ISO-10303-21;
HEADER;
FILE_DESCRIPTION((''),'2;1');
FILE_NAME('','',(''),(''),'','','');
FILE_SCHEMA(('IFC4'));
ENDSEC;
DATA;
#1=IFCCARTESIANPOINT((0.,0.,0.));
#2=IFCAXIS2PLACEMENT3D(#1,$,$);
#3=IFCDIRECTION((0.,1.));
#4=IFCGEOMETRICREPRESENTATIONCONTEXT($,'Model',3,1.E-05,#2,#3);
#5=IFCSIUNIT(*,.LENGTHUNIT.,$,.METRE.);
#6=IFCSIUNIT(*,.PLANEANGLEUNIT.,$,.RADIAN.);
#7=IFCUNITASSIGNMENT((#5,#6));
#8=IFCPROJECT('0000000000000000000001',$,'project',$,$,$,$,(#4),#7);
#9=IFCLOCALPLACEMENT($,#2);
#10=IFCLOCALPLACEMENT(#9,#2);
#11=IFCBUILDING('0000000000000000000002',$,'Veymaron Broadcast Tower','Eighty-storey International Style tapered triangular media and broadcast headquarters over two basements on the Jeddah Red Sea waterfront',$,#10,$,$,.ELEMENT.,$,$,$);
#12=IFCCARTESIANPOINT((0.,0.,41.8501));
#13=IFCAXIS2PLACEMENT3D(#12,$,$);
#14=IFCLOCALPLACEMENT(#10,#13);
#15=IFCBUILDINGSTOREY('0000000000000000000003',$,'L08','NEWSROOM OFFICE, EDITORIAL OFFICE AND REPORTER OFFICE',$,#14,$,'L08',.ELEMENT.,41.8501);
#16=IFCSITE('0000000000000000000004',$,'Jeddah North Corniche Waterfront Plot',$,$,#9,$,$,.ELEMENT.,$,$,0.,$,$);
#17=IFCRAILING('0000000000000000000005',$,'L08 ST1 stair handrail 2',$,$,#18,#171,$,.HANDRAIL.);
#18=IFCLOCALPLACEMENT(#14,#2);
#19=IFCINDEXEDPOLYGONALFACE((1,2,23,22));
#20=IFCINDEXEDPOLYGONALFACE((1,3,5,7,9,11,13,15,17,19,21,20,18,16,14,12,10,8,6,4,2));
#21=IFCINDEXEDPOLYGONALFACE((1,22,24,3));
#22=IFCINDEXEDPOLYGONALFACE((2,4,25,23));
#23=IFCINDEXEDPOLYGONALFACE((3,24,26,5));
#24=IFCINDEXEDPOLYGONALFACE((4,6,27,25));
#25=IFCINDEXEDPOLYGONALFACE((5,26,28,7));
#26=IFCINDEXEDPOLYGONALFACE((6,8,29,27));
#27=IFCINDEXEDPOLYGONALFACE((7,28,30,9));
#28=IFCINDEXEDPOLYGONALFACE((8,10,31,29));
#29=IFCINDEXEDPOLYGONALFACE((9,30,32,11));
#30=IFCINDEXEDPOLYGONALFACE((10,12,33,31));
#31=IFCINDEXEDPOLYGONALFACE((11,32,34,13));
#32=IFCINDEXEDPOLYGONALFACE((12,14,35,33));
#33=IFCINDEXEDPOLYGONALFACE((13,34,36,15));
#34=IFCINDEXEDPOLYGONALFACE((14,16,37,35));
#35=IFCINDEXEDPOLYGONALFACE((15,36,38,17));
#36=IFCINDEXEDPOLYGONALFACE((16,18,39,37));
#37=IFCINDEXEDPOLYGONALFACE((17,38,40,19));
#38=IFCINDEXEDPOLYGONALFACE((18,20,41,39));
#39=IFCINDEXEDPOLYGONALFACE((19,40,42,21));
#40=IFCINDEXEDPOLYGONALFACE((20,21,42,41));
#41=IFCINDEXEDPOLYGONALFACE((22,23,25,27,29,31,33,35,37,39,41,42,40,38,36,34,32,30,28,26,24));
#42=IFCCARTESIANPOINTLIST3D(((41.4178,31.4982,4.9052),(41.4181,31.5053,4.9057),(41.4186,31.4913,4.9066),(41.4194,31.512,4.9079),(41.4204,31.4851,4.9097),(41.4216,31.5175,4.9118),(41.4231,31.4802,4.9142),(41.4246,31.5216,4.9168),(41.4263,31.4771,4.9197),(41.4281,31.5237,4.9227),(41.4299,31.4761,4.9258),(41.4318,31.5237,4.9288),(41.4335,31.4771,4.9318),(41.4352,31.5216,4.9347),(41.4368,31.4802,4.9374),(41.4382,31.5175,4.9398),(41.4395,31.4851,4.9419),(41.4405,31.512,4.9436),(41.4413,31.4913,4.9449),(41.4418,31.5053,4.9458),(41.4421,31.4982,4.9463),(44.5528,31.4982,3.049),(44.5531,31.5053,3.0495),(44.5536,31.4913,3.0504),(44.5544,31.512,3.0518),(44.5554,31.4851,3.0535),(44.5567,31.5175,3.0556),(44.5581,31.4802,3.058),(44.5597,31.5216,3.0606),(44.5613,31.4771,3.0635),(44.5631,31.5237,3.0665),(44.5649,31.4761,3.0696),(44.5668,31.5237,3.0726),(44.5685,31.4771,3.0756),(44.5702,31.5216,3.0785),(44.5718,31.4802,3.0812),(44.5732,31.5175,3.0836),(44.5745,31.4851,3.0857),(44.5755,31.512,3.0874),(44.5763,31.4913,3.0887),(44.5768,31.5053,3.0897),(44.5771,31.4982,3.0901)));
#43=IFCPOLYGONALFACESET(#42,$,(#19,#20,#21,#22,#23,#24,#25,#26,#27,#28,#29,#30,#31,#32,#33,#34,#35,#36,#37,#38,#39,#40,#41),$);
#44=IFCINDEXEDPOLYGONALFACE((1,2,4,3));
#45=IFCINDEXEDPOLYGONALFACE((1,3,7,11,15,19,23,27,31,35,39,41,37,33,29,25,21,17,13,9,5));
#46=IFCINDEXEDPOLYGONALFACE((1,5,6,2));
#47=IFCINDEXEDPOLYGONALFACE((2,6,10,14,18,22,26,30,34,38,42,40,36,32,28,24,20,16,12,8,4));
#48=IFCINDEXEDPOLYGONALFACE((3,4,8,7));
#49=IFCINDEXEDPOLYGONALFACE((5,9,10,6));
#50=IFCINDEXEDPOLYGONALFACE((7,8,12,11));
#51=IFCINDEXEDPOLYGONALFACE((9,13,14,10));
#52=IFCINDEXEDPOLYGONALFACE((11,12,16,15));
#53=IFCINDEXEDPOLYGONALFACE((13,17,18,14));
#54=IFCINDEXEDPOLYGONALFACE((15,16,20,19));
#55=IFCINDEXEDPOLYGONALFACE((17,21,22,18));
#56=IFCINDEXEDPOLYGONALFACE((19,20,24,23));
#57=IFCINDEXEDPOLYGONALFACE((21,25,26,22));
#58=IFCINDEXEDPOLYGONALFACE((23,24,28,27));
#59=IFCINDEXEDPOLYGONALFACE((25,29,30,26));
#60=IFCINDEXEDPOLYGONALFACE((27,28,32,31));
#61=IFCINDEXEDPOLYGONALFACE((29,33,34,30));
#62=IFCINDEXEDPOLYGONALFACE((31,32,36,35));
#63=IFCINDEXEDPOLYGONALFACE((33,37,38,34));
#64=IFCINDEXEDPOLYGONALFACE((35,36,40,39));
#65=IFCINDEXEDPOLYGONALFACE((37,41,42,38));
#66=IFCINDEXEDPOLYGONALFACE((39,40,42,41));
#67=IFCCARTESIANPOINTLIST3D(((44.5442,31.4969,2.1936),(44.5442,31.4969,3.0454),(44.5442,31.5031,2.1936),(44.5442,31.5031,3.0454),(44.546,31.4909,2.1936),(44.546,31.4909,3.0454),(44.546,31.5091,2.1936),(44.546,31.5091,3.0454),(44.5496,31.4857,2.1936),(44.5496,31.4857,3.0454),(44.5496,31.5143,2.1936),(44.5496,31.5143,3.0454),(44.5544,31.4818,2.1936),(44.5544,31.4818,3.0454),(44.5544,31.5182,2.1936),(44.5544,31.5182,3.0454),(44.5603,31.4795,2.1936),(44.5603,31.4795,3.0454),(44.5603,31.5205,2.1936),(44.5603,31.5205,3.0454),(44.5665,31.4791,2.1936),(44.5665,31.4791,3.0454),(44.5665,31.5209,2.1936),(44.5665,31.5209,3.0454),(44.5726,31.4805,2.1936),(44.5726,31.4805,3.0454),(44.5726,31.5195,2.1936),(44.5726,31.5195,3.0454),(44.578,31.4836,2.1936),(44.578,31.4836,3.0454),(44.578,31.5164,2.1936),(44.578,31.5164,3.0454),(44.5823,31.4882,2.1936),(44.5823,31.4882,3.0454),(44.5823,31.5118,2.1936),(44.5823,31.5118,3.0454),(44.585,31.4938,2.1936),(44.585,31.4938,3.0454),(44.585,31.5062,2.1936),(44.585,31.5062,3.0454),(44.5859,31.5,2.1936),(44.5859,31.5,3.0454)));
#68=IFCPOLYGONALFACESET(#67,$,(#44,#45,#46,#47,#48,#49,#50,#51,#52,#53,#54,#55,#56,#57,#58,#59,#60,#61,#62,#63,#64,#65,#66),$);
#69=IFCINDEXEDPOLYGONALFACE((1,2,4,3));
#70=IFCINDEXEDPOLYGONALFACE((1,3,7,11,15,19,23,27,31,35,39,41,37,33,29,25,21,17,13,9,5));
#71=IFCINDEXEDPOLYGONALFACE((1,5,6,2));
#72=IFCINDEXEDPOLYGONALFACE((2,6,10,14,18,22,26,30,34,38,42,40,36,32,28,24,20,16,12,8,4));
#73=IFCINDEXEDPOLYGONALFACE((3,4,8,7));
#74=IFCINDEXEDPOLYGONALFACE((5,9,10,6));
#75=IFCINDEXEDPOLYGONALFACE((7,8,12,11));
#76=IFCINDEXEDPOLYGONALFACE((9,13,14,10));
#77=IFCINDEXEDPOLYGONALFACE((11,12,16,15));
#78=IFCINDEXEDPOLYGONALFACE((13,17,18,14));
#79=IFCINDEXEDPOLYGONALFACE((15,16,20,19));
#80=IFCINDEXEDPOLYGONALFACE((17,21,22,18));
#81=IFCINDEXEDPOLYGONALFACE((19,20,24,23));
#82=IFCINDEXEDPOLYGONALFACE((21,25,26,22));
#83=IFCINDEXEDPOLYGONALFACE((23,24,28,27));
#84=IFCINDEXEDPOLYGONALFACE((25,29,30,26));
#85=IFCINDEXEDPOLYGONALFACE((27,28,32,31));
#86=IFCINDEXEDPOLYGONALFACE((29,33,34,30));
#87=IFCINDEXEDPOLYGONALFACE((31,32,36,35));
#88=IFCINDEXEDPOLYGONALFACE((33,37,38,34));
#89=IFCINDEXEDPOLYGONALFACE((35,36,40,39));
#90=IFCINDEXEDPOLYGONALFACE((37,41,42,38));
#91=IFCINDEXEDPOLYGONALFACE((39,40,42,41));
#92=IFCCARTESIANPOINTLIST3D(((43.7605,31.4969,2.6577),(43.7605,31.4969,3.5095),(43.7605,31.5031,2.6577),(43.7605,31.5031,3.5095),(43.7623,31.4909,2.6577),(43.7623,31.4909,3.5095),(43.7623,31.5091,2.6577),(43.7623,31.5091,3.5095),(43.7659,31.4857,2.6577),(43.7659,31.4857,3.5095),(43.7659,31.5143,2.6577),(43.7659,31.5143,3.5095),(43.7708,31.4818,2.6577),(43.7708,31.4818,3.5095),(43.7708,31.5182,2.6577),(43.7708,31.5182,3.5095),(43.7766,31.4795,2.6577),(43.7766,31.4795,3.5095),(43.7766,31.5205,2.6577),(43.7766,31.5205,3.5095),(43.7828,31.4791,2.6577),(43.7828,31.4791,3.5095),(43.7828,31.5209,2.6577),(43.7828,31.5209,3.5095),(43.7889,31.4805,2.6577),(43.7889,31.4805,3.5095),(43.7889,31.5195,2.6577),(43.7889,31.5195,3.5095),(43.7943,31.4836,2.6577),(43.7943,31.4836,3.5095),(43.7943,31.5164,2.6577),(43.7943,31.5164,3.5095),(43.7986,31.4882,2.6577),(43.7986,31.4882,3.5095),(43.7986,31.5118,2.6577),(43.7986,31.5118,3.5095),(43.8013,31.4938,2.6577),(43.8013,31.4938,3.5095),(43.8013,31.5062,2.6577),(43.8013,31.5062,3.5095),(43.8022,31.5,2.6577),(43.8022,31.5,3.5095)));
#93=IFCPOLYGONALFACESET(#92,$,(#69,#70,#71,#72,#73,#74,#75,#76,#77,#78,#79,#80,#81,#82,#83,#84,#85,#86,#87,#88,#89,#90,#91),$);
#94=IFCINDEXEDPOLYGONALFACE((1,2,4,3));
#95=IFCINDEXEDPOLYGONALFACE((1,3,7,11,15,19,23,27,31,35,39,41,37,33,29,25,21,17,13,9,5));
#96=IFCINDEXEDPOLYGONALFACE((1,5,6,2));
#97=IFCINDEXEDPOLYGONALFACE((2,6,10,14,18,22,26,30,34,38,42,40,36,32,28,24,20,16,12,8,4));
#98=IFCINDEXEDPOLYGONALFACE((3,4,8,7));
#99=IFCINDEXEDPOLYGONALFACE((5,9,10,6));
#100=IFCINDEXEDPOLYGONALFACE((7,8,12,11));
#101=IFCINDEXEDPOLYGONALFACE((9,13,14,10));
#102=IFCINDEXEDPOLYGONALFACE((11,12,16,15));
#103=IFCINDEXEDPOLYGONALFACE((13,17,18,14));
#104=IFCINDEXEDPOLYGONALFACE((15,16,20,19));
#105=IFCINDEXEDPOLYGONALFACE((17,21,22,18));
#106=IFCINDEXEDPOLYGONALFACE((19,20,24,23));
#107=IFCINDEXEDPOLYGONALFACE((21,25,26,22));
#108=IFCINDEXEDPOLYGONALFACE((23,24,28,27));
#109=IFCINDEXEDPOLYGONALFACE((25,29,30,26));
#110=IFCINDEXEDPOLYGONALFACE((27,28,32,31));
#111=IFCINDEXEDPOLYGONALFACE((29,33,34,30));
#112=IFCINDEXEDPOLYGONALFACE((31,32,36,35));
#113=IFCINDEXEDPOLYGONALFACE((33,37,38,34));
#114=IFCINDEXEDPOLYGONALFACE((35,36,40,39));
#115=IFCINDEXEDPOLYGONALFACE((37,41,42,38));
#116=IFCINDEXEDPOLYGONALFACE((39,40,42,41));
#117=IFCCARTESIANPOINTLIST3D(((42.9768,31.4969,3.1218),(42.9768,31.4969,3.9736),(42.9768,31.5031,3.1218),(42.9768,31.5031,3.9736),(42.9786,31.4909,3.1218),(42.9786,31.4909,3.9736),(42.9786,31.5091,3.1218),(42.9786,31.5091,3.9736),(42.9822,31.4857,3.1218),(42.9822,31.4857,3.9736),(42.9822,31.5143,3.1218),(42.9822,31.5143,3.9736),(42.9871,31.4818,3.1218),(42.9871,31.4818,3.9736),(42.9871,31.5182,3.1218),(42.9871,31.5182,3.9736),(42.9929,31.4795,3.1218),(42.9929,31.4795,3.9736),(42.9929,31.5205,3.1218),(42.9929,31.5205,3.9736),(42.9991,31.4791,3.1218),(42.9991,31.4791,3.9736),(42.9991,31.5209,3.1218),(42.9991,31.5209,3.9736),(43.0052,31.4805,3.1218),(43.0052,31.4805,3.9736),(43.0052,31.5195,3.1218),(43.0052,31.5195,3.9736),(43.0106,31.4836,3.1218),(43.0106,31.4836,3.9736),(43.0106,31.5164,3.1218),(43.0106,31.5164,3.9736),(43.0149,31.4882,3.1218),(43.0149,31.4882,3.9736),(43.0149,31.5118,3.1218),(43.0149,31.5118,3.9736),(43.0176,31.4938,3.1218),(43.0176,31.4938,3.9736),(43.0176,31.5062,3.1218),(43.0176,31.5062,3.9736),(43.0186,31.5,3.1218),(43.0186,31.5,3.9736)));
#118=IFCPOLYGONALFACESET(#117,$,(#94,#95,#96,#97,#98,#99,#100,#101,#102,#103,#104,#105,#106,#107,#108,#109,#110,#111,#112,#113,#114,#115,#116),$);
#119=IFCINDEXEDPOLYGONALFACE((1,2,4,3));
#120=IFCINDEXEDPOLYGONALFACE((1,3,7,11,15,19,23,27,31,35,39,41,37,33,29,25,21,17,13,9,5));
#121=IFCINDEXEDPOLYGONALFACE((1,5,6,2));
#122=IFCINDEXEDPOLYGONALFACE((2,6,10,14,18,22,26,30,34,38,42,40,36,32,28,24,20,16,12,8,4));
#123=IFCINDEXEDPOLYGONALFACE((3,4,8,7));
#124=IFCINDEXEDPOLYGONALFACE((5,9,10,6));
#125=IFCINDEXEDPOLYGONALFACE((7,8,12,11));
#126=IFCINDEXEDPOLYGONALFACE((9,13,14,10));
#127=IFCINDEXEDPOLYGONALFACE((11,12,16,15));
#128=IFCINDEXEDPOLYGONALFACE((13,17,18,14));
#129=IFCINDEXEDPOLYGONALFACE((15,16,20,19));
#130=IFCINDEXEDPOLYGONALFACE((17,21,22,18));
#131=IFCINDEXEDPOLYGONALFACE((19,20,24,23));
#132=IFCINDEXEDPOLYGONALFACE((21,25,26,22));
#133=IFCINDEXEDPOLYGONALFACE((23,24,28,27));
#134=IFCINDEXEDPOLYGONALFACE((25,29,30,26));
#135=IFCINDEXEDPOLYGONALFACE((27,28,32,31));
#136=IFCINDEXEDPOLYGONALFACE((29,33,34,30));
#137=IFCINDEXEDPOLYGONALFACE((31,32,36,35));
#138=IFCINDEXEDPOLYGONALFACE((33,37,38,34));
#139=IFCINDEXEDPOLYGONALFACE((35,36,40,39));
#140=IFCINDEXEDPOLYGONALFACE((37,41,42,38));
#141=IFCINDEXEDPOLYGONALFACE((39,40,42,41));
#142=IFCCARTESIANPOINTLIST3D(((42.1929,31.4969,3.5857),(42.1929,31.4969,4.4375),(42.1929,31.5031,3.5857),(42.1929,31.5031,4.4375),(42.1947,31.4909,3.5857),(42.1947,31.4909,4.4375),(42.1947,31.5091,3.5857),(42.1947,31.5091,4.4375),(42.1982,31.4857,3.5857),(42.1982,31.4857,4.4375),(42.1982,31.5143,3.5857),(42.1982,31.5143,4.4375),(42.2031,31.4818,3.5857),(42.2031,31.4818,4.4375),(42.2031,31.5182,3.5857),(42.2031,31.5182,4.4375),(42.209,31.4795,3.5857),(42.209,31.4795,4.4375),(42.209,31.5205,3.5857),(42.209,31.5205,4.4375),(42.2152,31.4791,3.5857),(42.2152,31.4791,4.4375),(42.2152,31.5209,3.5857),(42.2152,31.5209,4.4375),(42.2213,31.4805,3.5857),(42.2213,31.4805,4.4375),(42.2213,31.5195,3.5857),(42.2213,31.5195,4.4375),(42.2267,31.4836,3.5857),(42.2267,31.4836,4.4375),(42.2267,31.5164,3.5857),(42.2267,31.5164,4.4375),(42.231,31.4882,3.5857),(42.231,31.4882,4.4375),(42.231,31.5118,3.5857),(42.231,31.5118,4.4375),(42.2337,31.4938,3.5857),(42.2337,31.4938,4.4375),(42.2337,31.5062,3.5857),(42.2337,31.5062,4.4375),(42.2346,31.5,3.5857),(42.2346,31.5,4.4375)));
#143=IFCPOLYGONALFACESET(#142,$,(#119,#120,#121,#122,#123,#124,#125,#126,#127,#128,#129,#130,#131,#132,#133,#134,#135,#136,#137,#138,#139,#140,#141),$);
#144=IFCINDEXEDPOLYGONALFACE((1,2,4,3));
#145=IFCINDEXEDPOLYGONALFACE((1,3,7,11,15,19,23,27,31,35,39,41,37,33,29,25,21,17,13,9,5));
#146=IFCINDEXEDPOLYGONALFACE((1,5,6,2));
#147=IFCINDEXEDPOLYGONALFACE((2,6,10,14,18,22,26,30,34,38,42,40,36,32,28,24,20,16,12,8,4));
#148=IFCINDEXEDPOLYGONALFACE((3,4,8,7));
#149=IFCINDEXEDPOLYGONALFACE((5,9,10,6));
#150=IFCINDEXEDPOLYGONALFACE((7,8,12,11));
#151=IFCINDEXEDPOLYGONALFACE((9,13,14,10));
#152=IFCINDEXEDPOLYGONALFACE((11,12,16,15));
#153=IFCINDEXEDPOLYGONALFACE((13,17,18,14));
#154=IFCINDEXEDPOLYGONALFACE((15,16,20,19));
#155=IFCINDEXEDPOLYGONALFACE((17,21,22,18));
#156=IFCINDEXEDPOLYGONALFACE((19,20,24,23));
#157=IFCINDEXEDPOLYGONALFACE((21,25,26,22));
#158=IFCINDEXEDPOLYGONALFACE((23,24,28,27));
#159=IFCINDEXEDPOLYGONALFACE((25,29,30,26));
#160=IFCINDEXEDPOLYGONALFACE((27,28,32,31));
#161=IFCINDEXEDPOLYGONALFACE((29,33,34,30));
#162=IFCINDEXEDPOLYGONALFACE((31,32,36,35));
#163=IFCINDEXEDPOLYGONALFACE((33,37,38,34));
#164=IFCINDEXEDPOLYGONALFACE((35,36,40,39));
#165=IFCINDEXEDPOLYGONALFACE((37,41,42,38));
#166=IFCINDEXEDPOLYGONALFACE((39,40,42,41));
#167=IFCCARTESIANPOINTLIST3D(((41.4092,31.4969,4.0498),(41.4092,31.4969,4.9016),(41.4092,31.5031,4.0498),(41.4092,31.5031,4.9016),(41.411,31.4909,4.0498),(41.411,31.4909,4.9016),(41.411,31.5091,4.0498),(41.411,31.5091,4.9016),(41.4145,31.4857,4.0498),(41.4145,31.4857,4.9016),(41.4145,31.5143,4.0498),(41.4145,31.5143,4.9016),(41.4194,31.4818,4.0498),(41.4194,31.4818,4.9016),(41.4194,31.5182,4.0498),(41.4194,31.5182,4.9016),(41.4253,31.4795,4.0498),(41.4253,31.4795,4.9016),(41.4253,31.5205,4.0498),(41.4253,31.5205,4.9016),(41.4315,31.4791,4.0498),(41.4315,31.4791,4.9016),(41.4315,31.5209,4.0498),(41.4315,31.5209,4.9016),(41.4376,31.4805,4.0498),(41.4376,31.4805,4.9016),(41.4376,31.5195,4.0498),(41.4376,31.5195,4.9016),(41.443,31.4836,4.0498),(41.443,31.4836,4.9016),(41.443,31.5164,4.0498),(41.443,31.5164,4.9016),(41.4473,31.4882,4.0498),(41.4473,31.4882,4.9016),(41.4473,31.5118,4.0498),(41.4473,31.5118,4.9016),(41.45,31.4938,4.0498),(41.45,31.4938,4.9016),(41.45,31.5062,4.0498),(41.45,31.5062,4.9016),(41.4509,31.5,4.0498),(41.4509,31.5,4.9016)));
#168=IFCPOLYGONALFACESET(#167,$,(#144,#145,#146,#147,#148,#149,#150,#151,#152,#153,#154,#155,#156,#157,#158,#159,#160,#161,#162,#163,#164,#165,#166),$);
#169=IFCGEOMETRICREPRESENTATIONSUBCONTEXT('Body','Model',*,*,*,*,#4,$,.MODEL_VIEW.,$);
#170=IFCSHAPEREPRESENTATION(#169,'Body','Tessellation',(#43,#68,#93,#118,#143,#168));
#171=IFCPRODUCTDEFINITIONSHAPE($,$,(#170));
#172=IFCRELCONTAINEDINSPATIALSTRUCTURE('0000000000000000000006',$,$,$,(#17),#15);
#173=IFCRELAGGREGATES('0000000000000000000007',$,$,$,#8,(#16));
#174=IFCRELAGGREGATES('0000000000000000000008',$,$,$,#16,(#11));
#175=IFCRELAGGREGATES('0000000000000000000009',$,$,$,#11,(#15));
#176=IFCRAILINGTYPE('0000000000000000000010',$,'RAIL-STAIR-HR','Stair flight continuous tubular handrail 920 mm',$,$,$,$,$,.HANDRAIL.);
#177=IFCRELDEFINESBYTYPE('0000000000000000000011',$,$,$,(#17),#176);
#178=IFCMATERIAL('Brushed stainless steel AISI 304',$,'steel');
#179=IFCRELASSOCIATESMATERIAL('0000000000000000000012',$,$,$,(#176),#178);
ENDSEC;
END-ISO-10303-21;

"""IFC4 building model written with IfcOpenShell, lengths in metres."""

from ifc_helpers import new_model, si_unit, direction, frame, origin, origin_2d, place, context, subcontext, project, spatial, circle, extrude, material, type_object, element, save


model = new_model("IFC4")

# Units and contexts
model_context = context("Model", 3, precision=1e-05, world=origin(), true_north=direction((0.0, 1.0)))
body_context = subcontext(model_context, "Body", "Model", "MODEL_VIEW")
ifc_project = project(units=[si_unit("LENGTHUNIT", "METRE"), si_unit("PLANEANGLEUNIT", "RADIAN")], contexts=[model_context])

# Site, building, storey
site_placement = place(None, origin())
site = spatial("IfcSite", under=ifc_project, at=site_placement, Name="Jeddah North Corniche Waterfront Plot", CompositionType="ELEMENT", RefElevation=0.0)
building_placement = place(site_placement, origin())
building = spatial("IfcBuilding", under=site, at=building_placement, Name="Veymaron Broadcast Tower", Description="Eighty-storey International Style tapered triangular media and broadcast headquarters over two basements on the Jeddah Red Sea waterfront", CompositionType="ELEMENT")
storey_placement = place(building_placement, frame((0.0, 0.0, 41.8501)))
storey = spatial("IfcBuildingStorey", under=building, at=storey_placement, Name="L08", Description="NEWSROOM OFFICE, EDITORIAL OFFICE AND REPORTER OFFICE", LongName="L08", CompositionType="ELEMENT", Elevation=41.8501)

# Shared definitions
ifc_material_1 = material(Name="Brushed stainless steel AISI 304", Category="steel")

# Railing
railing_type_1 = type_object("IfcRailingType", Name="RAIL-STAIR-HR", Description="Stair flight continuous tubular handrail 920 mm", PredefinedType="HANDRAIL", material=ifc_material_1)
railing_1_placement = place(storey_placement, frame((44.5649, 31.5, 2.1936)))
element("IfcRailing", 1, at=railing_1_placement, inside=storey, type_object=railing_type_1, Name="L08 ST1 stair handrail 2", PredefinedType="HANDRAIL", context=body_context, shape_type="SweptSolid", body=[
    extrude(circle(Radius=0.0239, at=origin_2d()), frame((0.0, 0.0, 0.876), z_axis=(-0.860482, 0.0, 0.509481), x_axis=(0.0, -1.0, 0.0)), (0.0, 0.0, 1.0), 3.6433),
    extrude(circle(Radius=0.021, at=origin_2d()), origin(), (0.0, 0.0, 1.0), 0.8518),
    extrude(circle(Radius=0.021, at=origin_2d()), frame((-0.7837, 0.0, 0.4641)), (0.0, 0.0, 1.0), 0.8518),
    extrude(circle(Radius=0.021, at=origin_2d()), frame((-1.5674, 0.0, 0.9282)), (0.0, 0.0, 1.0), 0.8518),
    extrude(circle(Radius=0.021, at=origin_2d()), frame((-2.3513, 0.0, 1.3921)), (0.0, 0.0, 1.0), 0.8518),
    extrude(circle(Radius=0.021, at=origin_2d()), frame((-3.135, 0.0, 1.8562)), (0.0, 0.0, 1.0), 0.8518),
])

save(model, "model.ifc")
